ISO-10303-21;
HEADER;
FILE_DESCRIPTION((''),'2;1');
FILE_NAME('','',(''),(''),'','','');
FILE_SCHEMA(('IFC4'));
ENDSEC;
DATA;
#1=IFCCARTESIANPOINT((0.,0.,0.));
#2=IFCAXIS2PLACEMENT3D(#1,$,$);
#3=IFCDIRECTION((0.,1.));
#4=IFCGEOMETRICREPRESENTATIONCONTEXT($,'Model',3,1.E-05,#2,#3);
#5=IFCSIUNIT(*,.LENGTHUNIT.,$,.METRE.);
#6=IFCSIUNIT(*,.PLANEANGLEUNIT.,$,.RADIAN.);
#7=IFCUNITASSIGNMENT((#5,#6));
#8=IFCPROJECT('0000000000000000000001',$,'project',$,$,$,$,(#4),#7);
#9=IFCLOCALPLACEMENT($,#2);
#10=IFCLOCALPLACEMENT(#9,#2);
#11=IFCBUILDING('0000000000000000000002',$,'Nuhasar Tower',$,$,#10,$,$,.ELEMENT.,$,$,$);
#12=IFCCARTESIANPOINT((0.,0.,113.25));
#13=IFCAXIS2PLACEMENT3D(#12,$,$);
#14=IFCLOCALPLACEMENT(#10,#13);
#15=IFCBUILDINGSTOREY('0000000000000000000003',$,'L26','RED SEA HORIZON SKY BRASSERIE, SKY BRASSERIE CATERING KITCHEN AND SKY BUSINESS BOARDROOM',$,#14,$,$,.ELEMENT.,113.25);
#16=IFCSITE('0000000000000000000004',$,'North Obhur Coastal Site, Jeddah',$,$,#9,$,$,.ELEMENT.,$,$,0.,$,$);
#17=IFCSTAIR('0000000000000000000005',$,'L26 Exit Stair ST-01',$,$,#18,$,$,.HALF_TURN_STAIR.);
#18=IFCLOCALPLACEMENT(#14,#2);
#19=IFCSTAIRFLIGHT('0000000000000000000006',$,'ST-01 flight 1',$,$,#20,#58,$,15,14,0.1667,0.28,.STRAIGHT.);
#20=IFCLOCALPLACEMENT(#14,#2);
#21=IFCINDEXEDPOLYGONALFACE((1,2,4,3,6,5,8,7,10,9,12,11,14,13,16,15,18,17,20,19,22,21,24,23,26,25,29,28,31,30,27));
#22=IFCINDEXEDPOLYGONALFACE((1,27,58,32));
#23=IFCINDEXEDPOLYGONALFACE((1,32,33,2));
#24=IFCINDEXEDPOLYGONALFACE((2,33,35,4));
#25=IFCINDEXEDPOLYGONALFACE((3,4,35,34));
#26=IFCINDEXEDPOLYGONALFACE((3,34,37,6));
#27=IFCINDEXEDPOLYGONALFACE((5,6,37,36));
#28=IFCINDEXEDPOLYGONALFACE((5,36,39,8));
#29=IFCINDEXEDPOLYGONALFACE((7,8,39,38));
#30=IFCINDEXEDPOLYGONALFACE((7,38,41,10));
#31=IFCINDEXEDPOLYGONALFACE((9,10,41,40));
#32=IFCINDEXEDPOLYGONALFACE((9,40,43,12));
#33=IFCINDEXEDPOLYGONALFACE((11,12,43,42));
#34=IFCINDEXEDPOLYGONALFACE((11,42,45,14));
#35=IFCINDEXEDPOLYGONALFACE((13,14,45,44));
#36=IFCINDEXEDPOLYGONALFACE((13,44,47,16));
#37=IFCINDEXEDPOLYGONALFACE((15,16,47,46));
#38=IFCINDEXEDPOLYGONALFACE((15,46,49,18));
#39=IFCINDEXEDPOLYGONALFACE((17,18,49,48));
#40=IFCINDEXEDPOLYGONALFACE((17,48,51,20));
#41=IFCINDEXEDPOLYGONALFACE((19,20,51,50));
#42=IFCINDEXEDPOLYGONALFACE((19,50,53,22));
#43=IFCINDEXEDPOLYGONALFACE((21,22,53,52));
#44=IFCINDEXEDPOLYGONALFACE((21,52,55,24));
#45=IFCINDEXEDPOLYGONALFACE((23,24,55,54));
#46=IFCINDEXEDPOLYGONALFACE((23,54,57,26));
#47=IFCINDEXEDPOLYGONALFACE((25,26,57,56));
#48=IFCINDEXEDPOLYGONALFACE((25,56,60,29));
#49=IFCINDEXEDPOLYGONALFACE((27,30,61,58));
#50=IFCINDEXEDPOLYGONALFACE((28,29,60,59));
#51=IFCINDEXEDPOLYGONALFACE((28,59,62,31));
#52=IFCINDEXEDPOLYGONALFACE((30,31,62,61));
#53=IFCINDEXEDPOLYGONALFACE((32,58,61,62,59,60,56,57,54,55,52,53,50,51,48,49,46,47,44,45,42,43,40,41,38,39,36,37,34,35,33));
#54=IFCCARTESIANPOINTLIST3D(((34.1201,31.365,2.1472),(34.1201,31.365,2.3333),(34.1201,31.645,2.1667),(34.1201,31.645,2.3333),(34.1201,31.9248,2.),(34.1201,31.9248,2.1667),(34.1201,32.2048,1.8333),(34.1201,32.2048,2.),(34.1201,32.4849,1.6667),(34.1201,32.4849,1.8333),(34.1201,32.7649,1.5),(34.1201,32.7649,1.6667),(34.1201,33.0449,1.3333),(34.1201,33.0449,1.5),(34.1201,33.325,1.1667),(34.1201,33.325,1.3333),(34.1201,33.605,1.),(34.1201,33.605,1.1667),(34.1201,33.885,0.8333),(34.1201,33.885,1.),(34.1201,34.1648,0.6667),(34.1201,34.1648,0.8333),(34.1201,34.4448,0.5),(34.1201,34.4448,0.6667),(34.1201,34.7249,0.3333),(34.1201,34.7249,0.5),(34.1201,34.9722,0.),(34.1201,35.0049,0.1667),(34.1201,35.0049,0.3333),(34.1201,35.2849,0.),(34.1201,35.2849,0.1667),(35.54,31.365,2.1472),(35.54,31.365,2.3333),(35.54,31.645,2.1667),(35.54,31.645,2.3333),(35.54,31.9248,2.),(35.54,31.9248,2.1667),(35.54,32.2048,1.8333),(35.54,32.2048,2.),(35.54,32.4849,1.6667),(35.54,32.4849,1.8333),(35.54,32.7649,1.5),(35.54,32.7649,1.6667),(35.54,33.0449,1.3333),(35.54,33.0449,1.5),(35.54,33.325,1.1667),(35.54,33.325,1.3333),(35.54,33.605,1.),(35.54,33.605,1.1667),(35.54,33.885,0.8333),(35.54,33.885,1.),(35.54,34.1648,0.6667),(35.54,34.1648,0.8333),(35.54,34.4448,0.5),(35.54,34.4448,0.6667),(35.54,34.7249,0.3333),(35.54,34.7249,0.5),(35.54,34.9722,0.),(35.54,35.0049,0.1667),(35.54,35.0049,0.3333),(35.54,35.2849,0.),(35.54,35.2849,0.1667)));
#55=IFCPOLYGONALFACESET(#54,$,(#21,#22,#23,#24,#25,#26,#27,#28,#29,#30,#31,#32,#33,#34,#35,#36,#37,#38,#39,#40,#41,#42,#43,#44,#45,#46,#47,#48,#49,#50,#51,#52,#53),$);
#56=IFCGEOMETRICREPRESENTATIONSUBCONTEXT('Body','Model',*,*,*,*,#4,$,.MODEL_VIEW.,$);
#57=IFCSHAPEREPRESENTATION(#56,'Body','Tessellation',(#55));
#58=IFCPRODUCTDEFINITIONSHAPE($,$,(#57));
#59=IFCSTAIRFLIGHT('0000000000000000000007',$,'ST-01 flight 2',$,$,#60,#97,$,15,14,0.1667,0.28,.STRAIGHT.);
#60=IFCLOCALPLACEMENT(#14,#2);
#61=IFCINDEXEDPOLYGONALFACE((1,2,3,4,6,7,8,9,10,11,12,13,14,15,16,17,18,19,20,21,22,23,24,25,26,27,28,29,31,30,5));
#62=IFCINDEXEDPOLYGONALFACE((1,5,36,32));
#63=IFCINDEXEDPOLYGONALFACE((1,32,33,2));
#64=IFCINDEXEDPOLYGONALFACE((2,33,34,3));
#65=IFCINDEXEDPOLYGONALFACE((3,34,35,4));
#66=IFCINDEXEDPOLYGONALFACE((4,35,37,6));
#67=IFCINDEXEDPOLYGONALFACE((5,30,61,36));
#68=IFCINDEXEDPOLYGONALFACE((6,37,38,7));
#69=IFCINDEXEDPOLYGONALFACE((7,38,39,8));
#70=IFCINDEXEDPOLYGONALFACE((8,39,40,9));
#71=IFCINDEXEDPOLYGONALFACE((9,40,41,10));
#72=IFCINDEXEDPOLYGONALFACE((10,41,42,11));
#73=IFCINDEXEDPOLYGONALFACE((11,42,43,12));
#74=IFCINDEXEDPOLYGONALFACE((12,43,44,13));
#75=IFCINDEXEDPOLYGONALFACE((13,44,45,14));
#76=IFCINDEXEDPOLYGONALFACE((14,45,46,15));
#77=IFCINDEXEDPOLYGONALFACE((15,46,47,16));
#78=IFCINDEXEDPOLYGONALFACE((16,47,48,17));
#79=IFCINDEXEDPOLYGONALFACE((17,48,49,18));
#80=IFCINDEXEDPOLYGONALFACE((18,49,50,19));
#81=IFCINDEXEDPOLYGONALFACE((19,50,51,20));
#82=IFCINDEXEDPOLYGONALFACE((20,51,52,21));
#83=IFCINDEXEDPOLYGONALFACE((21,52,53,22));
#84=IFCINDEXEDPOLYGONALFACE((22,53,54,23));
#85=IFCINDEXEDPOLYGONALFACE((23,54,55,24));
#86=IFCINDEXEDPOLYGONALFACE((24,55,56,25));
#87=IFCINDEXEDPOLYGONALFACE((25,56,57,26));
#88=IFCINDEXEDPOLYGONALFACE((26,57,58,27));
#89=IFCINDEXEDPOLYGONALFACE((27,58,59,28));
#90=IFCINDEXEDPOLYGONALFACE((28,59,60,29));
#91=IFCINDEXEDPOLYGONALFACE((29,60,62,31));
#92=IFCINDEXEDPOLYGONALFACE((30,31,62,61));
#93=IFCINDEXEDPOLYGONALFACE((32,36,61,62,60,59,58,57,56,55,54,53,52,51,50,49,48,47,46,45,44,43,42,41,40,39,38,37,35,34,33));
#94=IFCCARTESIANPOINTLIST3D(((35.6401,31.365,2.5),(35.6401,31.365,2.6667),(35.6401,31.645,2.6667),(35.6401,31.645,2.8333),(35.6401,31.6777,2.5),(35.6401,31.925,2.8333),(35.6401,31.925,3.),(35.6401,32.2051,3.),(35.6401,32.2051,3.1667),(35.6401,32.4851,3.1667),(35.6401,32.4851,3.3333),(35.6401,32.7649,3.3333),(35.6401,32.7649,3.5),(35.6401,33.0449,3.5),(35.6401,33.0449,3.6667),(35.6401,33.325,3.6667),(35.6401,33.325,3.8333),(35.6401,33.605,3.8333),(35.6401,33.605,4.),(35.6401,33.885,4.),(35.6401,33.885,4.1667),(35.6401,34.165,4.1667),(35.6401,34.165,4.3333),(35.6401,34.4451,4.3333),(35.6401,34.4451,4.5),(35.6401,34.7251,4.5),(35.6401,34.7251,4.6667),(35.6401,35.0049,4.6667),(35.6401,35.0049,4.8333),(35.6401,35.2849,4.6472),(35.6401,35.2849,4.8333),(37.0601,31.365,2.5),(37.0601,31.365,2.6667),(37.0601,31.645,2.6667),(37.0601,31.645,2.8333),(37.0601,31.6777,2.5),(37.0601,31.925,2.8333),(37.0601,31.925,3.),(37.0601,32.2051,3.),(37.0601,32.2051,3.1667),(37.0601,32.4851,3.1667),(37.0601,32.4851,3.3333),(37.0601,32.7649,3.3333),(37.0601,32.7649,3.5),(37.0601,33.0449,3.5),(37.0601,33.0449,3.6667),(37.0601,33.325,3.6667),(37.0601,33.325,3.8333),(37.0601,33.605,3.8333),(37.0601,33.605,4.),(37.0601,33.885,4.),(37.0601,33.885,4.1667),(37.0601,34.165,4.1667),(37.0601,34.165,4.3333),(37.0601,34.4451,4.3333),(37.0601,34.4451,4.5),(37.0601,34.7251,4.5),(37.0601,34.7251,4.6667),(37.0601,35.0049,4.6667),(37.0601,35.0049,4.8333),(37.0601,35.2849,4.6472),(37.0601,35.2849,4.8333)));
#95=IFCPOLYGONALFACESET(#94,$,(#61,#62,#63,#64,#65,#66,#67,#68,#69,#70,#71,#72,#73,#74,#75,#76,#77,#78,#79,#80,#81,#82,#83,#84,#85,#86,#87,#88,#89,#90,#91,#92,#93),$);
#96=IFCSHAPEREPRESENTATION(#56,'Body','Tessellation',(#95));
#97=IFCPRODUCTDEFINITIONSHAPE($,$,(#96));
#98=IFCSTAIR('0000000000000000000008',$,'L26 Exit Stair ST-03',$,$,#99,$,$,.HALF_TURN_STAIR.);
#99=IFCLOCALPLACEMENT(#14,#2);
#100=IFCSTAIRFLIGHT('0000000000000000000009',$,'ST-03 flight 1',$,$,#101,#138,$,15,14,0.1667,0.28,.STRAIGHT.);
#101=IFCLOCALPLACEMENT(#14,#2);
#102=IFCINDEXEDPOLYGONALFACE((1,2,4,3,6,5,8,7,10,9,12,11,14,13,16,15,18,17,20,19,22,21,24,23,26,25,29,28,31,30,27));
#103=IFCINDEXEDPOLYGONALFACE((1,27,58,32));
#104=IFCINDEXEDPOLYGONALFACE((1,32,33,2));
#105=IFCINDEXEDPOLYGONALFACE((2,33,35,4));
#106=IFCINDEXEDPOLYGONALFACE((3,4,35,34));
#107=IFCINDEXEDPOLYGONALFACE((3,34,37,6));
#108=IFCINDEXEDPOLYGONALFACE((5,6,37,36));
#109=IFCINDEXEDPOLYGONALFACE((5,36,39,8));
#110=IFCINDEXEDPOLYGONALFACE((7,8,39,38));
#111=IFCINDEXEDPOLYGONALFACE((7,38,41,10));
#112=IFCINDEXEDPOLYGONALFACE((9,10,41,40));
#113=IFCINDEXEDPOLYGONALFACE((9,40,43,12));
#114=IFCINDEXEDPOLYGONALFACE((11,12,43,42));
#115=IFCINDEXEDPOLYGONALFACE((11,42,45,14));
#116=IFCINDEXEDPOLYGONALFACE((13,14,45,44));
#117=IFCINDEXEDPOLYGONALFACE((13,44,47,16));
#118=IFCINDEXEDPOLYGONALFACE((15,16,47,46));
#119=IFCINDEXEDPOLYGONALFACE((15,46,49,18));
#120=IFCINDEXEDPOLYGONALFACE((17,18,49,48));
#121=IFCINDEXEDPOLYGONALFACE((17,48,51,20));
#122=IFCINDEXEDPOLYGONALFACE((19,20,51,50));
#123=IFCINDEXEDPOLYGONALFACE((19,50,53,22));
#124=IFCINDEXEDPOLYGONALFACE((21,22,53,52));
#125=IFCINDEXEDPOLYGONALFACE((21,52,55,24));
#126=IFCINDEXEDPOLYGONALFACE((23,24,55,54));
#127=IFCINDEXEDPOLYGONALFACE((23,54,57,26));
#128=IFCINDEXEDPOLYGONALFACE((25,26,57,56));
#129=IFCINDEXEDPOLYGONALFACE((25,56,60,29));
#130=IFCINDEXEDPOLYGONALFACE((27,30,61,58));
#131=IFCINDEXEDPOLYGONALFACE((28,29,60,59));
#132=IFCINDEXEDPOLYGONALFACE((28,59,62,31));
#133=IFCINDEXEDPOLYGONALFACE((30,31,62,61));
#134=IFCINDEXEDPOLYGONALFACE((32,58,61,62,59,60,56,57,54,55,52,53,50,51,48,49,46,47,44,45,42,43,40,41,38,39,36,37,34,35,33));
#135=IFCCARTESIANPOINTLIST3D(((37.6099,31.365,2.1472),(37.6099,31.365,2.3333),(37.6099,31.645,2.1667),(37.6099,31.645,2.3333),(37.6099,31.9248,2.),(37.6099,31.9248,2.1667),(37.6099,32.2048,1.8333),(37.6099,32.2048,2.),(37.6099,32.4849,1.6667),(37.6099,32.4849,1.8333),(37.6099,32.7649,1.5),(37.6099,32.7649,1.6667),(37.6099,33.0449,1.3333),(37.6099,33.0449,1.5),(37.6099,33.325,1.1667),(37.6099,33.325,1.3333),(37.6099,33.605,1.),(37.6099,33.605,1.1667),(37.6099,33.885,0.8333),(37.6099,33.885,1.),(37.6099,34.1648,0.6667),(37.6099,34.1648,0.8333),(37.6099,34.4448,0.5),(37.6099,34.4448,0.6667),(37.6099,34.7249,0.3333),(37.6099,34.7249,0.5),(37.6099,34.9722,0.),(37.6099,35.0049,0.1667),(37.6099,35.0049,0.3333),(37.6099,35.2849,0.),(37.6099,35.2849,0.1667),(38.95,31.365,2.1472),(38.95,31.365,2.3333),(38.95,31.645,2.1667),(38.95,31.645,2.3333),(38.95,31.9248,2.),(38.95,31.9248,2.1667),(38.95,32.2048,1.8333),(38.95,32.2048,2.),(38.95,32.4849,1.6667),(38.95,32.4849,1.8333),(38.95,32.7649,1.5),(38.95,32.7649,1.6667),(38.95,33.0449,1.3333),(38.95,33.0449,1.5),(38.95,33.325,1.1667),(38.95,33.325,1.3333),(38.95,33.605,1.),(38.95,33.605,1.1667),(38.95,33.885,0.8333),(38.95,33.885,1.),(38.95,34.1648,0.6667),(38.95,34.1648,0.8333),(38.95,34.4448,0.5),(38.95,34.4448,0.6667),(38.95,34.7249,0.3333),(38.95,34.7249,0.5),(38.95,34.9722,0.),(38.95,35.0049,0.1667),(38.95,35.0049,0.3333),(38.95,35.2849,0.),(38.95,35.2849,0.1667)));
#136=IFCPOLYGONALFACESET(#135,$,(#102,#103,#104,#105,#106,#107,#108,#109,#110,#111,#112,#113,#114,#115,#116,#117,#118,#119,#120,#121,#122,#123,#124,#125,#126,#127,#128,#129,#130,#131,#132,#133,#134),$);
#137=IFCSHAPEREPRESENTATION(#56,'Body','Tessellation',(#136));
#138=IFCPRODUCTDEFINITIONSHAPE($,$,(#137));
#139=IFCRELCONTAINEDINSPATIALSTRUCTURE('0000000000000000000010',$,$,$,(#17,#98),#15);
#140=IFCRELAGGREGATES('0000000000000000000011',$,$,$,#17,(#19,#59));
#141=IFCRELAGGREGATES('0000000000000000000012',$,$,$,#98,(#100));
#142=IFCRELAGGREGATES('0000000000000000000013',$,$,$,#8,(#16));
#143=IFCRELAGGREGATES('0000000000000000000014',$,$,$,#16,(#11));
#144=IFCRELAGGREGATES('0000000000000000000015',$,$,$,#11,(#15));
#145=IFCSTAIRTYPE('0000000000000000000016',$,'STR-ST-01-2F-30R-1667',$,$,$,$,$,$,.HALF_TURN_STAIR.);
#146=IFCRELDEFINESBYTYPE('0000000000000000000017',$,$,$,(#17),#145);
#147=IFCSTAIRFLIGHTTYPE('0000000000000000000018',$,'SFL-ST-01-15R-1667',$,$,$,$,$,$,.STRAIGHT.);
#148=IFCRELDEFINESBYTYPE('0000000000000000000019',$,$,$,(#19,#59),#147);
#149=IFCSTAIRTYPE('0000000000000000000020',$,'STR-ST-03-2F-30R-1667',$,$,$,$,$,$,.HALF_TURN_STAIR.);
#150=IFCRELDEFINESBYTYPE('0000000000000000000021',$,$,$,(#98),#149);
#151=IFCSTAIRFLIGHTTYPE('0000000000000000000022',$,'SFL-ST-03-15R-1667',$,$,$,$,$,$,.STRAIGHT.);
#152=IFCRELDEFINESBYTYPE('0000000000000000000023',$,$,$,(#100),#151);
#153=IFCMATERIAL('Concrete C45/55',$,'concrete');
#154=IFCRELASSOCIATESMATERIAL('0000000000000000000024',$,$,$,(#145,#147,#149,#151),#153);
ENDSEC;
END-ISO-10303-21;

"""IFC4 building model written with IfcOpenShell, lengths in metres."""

from ifc_helpers import new_model, si_unit, direction, frame, origin, place, context, subcontext, project, spatial, polyline, outline, extrude, material, type_object, element, aggregate, save


model = new_model("IFC4")

# Units and contexts
model_context = context("Model", 3, precision=1e-05, world=origin(), true_north=direction((0.0, 1.0)))
body_context = subcontext(model_context, "Body", "Model", "MODEL_VIEW")
ifc_project = project(units=[si_unit("LENGTHUNIT", "METRE"), si_unit("PLANEANGLEUNIT", "RADIAN")], contexts=[model_context])

# Site, building, storey
site_placement = place(None, origin())
site = spatial("IfcSite", under=ifc_project, at=site_placement, Name="North Obhur Coastal Site, Jeddah", CompositionType="ELEMENT", RefElevation=0.0)
building_placement = place(site_placement, origin())
building = spatial("IfcBuilding", under=site, at=building_placement, Name="Nuhasar Tower", CompositionType="ELEMENT")
storey_placement = place(building_placement, frame((0.0, 0.0, 113.25)))
storey = spatial("IfcBuildingStorey", under=building, at=storey_placement, Name="L26", Description="RED SEA HORIZON SKY BRASSERIE, SKY BRASSERIE CATERING KITCHEN AND SKY BUSINESS BOARDROOM", CompositionType="ELEMENT", Elevation=113.25)

# Stair, stair flights
ifc_material_1 = material(Name="Concrete C45/55", Category="concrete")
stair_type_1 = type_object("IfcStairType", Name="STR-ST-01-2F-30R-1667", PredefinedType="HALF_TURN_STAIR", material=ifc_material_1)
stair_1_placement = place(storey_placement, origin())
stair_1 = element("IfcStair", 1, at=stair_1_placement, inside=storey, type_object=stair_type_1, Name="L26 Exit Stair ST-01", PredefinedType="HALF_TURN_STAIR")
stair_flight_type_1 = type_object("IfcStairFlightType", Name="SFL-ST-01-15R-1667", PredefinedType="STRAIGHT", material=ifc_material_1)
stair_flight_1_placement = place(storey_placement, frame((34.8301, 35.2849, 0.0), z_axis=(0.0, 0.0, 1.0), x_axis=(0.0, -1.0, 0.0)))
stair_flight_1 = element("IfcStairFlight", 2, at=stair_flight_1_placement, type_object=stair_flight_type_1, Name="ST-01 flight 1", NumberOfRisers=15, NumberOfTreads=14, PredefinedType="STRAIGHT", RiserHeight=0.1667, TreadLength=0.28, context=body_context, shape_type="SweptSolid", body=[
    extrude(outline(polyline([(0.0, 0.0), (0.0, 0.1667), (0.28, 0.1667), (0.28, 0.3333), (0.5601, 0.3333), (0.5601, 0.5), (0.8401, 0.5), (0.8401, 0.6667), (1.1201, 0.6667), (1.1201, 0.8333), (1.3999, 0.8333), (1.3999, 1.0), (1.6799, 1.0), (1.6799, 1.1667), (1.96, 1.1667), (1.96, 1.3333), (2.24, 1.3333), (2.24, 1.5), (2.52, 1.5), (2.52, 1.6667), (2.8, 1.6667), (2.8, 1.8333), (3.0801, 1.8333), (3.0801, 2.0), (3.3601, 2.0), (3.3601, 2.1667), (3.6399, 2.1667), (3.6399, 2.3333), (3.9199, 2.3333), (3.9199, 2.5), (3.9199, 2.1472), (0.3127, 0.0), (0.0, 0.0)])), frame((0.0, 0.71, 0.0), z_axis=(0.0, -1.0, 0.0), x_axis=(1.0, 0.0, 0.0)), (0.0, 0.0, 1.0), 1.4199),
])
stair_flight_2_placement = place(storey_placement, frame((36.3501, 31.365, 2.5), z_axis=(0.0, 0.0, 1.0), x_axis=(0.0, 1.0, 0.0)))
stair_flight_2 = element("IfcStairFlight", 3, at=stair_flight_2_placement, type_object=stair_flight_type_1, Name="ST-01 flight 2", NumberOfRisers=15, NumberOfTreads=14, PredefinedType="STRAIGHT", RiserHeight=0.1667, TreadLength=0.28, context=body_context, shape_type="SweptSolid", body=[
    extrude(outline(polyline([(0.0, 0.0), (0.0, 0.1667), (0.28, 0.1667), (0.28, 0.3333), (0.5601, 0.3333), (0.5601, 0.5), (0.8401, 0.5), (0.8401, 0.6667), (1.1201, 0.6667), (1.1201, 0.8333), (1.3999, 0.8333), (1.3999, 1.0), (1.6799, 1.0), (1.6799, 1.1667), (1.96, 1.1667), (1.96, 1.3333), (2.24, 1.3333), (2.24, 1.5), (2.52, 1.5), (2.52, 1.6667), (2.8, 1.6667), (2.8, 1.8333), (3.0801, 1.8333), (3.0801, 2.0), (3.3601, 2.0), (3.3601, 2.1667), (3.6399, 2.1667), (3.6399, 2.3333), (3.9199, 2.3333), (3.9199, 2.5), (3.9199, 2.1472), (0.3127, 0.0), (0.0, 0.0)])), frame((0.0, 0.71, 0.0), z_axis=(0.0, -1.0, 0.0), x_axis=(1.0, 0.0, 0.0)), (0.0, 0.0, 1.0), 1.4199),
])
aggregate(stair_1, [stair_flight_1, stair_flight_2])

# Stair, stair flight
stair_type_2 = type_object("IfcStairType", Name="STR-ST-03-2F-30R-1667", PredefinedType="HALF_TURN_STAIR", material=ifc_material_1)
stair_2_placement = place(storey_placement, origin())
stair_2 = element("IfcStair", 4, at=stair_2_placement, inside=storey, type_object=stair_type_2, Name="L26 Exit Stair ST-03", PredefinedType="HALF_TURN_STAIR")
stair_flight_type_2 = type_object("IfcStairFlightType", Name="SFL-ST-03-15R-1667", PredefinedType="STRAIGHT", material=ifc_material_1)
stair_flight_3_placement = place(storey_placement, frame((38.28, 35.2849, 0.0), z_axis=(0.0, 0.0, 1.0), x_axis=(0.0, -1.0, 0.0)))
stair_flight_3 = element("IfcStairFlight", 5, at=stair_flight_3_placement, type_object=stair_flight_type_2, Name="ST-03 flight 1", NumberOfRisers=15, NumberOfTreads=14, PredefinedType="STRAIGHT", RiserHeight=0.1667, TreadLength=0.28, context=body_context, shape_type="SweptSolid", body=[
    extrude(outline(polyline([(0.0, 0.0), (0.0, 0.1667), (0.28, 0.1667), (0.28, 0.3333), (0.5601, 0.3333), (0.5601, 0.5), (0.8401, 0.5), (0.8401, 0.6667), (1.1201, 0.6667), (1.1201, 0.8333), (1.3999, 0.8333), (1.3999, 1.0), (1.6799, 1.0), (1.6799, 1.1667), (1.96, 1.1667), (1.96, 1.3333), (2.24, 1.3333), (2.24, 1.5), (2.52, 1.5), (2.52, 1.6667), (2.8, 1.6667), (2.8, 1.8333), (3.0801, 1.8333), (3.0801, 2.0), (3.3601, 2.0), (3.3601, 2.1667), (3.6399, 2.1667), (3.6399, 2.3333), (3.9199, 2.3333), (3.9199, 2.5), (3.9199, 2.1472), (0.3127, 0.0), (0.0, 0.0)])), frame((0.0, 0.6699, 0.0), z_axis=(0.0, -1.0, 0.0), x_axis=(1.0, 0.0, 0.0)), (0.0, 0.0, 1.0), 1.3401),
])
aggregate(stair_2, [stair_flight_3])

save(model, "model.ifc")
